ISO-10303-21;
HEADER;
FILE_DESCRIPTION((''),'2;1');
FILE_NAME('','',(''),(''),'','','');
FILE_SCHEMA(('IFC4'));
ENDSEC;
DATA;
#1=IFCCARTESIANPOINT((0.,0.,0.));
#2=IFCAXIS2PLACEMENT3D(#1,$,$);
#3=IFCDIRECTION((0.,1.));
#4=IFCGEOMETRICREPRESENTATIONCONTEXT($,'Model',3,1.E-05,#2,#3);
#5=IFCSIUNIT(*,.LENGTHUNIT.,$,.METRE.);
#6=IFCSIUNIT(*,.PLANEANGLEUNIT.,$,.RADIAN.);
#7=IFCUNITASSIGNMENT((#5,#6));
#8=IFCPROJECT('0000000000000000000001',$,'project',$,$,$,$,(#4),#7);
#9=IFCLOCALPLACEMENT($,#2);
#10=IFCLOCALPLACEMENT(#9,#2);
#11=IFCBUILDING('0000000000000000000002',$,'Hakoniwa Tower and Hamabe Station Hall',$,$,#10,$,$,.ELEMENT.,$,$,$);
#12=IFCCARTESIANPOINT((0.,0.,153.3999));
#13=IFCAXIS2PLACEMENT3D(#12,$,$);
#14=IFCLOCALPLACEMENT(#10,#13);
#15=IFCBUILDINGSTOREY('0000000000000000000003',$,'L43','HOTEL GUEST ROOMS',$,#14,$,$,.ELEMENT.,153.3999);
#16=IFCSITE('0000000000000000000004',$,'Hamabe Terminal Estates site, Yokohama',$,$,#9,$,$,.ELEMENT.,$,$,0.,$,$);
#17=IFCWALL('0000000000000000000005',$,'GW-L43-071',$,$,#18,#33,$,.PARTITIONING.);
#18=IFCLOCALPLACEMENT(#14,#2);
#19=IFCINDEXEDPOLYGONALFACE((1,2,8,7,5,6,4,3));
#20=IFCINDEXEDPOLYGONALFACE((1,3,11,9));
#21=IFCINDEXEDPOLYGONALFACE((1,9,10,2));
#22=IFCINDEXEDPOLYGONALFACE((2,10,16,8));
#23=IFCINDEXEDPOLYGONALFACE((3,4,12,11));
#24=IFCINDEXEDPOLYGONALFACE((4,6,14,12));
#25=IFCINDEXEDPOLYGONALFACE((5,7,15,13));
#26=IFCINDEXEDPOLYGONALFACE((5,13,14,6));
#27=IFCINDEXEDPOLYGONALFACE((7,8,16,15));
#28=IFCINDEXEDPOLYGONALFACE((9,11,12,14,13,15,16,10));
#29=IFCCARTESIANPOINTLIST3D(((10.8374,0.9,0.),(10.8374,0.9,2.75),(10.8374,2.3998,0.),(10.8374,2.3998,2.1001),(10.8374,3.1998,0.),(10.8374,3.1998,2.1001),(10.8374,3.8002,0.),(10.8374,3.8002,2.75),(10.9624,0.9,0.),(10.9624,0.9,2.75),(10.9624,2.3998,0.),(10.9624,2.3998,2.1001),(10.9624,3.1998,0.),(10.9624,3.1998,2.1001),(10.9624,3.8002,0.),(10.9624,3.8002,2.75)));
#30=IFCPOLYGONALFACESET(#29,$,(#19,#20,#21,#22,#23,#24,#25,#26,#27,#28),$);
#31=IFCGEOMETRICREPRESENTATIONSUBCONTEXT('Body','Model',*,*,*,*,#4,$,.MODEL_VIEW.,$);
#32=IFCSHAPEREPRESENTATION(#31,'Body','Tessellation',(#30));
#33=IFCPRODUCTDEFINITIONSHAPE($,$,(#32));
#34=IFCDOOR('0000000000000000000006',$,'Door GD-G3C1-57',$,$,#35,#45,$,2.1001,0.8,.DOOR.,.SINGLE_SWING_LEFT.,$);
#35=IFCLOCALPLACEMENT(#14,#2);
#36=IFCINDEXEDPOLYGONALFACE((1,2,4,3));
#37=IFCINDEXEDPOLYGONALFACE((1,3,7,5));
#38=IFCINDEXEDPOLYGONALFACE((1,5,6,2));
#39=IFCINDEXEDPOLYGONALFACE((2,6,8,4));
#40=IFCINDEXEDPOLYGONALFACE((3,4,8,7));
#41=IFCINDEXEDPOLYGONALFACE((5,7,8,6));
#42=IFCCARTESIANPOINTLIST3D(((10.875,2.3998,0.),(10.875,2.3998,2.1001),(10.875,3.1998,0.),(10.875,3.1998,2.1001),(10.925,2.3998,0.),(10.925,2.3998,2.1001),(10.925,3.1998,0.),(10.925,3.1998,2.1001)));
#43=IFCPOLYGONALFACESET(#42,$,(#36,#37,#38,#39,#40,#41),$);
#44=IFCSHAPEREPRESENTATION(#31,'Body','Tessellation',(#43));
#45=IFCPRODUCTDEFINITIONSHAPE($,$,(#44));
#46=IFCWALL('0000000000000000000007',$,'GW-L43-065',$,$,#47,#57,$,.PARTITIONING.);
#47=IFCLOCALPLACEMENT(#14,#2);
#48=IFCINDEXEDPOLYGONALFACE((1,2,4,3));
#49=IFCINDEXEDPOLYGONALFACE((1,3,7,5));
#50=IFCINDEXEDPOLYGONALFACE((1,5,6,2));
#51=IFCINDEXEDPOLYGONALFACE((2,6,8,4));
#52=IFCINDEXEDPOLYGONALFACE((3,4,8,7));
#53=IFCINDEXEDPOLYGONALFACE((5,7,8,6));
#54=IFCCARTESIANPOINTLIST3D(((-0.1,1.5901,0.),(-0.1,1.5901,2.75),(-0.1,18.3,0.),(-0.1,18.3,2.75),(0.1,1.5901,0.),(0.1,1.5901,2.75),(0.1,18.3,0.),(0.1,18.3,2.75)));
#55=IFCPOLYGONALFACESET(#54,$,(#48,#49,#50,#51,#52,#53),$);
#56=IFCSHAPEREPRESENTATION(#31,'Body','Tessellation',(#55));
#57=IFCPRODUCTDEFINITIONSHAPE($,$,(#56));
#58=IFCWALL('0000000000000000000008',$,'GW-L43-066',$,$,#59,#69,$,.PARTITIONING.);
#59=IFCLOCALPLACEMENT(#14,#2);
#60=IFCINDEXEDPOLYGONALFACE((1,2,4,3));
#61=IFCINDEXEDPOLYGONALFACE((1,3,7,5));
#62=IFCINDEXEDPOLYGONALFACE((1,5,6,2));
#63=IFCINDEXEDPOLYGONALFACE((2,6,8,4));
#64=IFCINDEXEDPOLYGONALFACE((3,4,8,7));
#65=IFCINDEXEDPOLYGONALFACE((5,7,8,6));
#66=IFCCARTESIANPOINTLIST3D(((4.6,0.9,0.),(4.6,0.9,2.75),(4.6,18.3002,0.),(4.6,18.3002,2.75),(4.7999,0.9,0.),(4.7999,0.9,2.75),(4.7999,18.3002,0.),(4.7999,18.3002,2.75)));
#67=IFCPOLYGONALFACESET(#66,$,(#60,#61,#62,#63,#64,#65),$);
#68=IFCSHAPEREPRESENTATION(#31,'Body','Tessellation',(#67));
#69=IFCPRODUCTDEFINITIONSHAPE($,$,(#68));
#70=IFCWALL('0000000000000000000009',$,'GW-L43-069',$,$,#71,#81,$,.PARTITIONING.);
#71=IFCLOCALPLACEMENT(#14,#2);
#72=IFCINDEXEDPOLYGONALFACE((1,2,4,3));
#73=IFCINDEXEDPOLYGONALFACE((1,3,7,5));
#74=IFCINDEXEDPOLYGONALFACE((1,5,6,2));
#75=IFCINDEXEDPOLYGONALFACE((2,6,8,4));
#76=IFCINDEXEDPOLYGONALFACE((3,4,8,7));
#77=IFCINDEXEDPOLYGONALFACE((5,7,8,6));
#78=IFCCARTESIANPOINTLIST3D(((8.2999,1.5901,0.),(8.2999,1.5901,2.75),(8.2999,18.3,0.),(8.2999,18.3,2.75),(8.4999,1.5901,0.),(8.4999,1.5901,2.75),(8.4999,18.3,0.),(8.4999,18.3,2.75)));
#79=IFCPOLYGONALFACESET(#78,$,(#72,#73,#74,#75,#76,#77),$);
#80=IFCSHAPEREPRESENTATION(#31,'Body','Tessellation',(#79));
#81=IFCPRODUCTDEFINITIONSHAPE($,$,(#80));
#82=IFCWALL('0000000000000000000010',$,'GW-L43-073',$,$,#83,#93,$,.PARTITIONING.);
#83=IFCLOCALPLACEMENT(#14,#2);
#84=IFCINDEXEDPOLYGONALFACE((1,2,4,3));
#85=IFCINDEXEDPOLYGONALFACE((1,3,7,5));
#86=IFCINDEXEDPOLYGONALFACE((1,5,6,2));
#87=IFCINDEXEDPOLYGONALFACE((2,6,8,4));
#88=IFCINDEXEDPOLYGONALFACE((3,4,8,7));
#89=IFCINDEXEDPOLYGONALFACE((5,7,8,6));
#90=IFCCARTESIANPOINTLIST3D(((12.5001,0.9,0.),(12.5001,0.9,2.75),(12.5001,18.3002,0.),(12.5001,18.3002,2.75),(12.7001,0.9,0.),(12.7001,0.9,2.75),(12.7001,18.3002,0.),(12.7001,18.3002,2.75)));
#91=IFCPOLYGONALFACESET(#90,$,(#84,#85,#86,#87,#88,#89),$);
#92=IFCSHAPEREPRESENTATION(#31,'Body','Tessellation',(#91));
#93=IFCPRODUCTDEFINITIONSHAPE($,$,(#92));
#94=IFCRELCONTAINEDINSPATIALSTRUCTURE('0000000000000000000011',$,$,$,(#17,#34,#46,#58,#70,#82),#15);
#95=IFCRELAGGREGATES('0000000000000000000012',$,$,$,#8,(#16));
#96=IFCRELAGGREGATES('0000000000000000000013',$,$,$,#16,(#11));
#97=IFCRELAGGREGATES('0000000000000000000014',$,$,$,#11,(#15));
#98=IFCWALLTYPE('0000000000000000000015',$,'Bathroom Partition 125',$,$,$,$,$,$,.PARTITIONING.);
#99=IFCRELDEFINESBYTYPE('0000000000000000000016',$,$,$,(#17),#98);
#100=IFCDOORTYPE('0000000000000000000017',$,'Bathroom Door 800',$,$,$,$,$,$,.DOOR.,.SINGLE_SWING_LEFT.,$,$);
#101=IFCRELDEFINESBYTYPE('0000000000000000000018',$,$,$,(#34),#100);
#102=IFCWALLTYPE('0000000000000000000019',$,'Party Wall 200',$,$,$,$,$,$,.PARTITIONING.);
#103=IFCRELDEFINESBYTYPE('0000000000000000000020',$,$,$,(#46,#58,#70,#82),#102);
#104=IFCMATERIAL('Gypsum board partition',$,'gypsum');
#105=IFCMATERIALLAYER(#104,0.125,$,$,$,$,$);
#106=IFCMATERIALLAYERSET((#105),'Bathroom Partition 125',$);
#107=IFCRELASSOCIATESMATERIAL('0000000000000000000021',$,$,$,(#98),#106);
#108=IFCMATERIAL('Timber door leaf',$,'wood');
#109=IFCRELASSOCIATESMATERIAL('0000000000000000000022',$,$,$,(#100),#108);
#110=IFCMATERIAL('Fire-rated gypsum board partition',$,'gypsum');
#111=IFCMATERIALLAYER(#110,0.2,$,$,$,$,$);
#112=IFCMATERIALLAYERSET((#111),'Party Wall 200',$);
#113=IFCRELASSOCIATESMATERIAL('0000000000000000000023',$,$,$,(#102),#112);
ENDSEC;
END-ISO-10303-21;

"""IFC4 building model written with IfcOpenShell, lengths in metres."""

from ifc_helpers import new_model, si_unit, direction, frame, frame_2d, origin, place, context, subcontext, project, spatial, rectangle, extrude, material, layer, layer_set, type_object, element, fill, save


model = new_model("IFC4")

# Units and contexts
model_context = context("Model", 3, precision=1e-05, world=origin(), true_north=direction((0.0, 1.0)))
body_context = subcontext(model_context, "Body", "Model", "MODEL_VIEW")
ifc_project = project(units=[si_unit("LENGTHUNIT", "METRE"), si_unit("PLANEANGLEUNIT", "RADIAN")], contexts=[model_context])

# Site, building, storey
site_placement = place(None, origin())
site = spatial("IfcSite", under=ifc_project, at=site_placement, Name="Hamabe Terminal Estates site, Yokohama", CompositionType="ELEMENT", RefElevation=0.0)
building_placement = place(site_placement, origin())
building = spatial("IfcBuilding", under=site, at=building_placement, Name="Hakoniwa Tower and Hamabe Station Hall", CompositionType="ELEMENT")
storey_placement = place(building_placement, frame((0.0, 0.0, 153.3999)))
storey = spatial("IfcBuildingStorey", under=building, at=storey_placement, Name="L43", Description="HOTEL GUEST ROOMS", CompositionType="ELEMENT", Elevation=153.3999)

# Shared definitions
ifc_material_1 = material(Name="Gypsum board partition", Category="gypsum")
ifc_layer_1 = layer(ifc_material_1, 0.125)
ifc_layer_set_1 = layer_set([ifc_layer_1], Name="Bathroom Partition 125")
wall_type_1 = type_object("IfcWallType", Name="Bathroom Partition 125", PredefinedType="PARTITIONING", material=ifc_layer_set_1)

# Wall, opening, door
wall_1_placement = place(storey_placement, frame((10.8999, 0.8999, 0.0), z_axis=(0.0, 0.0, 1.0), x_axis=(0.0, 1.0, 0.0)))
wall_1 = element("IfcWall", 1, at=wall_1_placement, inside=storey, type_object=wall_type_1, Name="GW-L43-071", PredefinedType="PARTITIONING", context=body_context, shape_type="SweptSolid", body=[
    extrude(rectangle(XDim=2.9001, YDim=0.125, at=frame_2d((1.4502, 0.0))), origin(), (0.0, 0.0, 1.0), 2.75),
])
opening_placement = place(wall_1_placement, frame((1.5, 0.0, 0.0)))
opening = element("IfcOpeningElement", 2, at=opening_placement, cuts=wall_1, PredefinedType="OPENING", context=body_context, shape_type="SweptSolid", body=[
    extrude(rectangle(XDim=0.8, YDim=2.1001, at=frame_2d((0.3999, 1.05))), frame((0.0, 0.0725, 0.0), z_axis=(0.0, -1.0, 0.0), x_axis=(1.0, 0.0, 0.0)), (0.0, 0.0, 1.0), 0.145),
])
ifc_material_2 = material(Name="Timber door leaf", Category="wood")
door_type = type_object("IfcDoorType", Name="Bathroom Door 800", OperationType="SINGLE_SWING_LEFT", PredefinedType="DOOR", material=ifc_material_2)
door_placement = place(opening_placement, origin())
door = element("IfcDoor", 3, at=door_placement, inside=storey, type_object=door_type, Name="Door GD-G3C1-57", OperationType="SINGLE_SWING_LEFT", OverallHeight=2.1001, OverallWidth=0.8, PredefinedType="DOOR", context=body_context, shape_type="SweptSolid", body=[
    extrude(rectangle(XDim=0.8, YDim=2.1001, at=frame_2d((0.3999, 1.05))), frame((0.0, 0.0249, 0.0), z_axis=(0.0, -1.0, 0.0), x_axis=(1.0, 0.0, 0.0)), (0.0, 0.0, 1.0), 0.05),
])
fill(opening, door)

# Walls
ifc_material_3 = material(Name="Fire-rated gypsum board partition", Category="gypsum")
ifc_layer_2 = layer(ifc_material_3, 0.2)
ifc_layer_set_2 = layer_set([ifc_layer_2], Name="Party Wall 200")
wall_type_2 = type_object("IfcWallType", Name="Party Wall 200", PredefinedType="PARTITIONING", material=ifc_layer_set_2)
wall_2_placement = place(storey_placement, frame((0.0, 1.5901, 0.0), z_axis=(0.0, 0.0, 1.0), x_axis=(0.0, 1.0, 0.0)))
element("IfcWall", 4, at=wall_2_placement, inside=storey, type_object=wall_type_2, Name="GW-L43-065", PredefinedType="PARTITIONING", context=body_context, shape_type="SweptSolid", body=[
    extrude(rectangle(XDim=16.71, YDim=0.2, at=frame_2d((8.355, 0.0))), origin(), (0.0, 0.0, 1.0), 2.75),
])
wall_3_placement = place(storey_placement, frame((4.7, 0.8999, 0.0), z_axis=(0.0, 0.0, 1.0), x_axis=(0.0, 1.0, 0.0)))
element("IfcWall", 5, at=wall_3_placement, inside=storey, type_object=wall_type_2, Name="GW-L43-066", PredefinedType="PARTITIONING", context=body_context, shape_type="SweptSolid", body=[
    extrude(rectangle(XDim=17.4001, YDim=0.2, at=frame_2d((8.7002, 0.0))), origin(), (0.0, 0.0, 1.0), 2.75),
])
wall_4_placement = place(storey_placement, frame((8.3999, 1.5901, 0.0), z_axis=(0.0, 0.0, 1.0), x_axis=(0.0, 1.0, 0.0)))
element("IfcWall", 6, at=wall_4_placement, inside=storey, type_object=wall_type_2, Name="GW-L43-069", PredefinedType="PARTITIONING", context=body_context, shape_type="SweptSolid", body=[
    extrude(rectangle(XDim=16.71, YDim=0.2, at=frame_2d((8.355, 0.0))), origin(), (0.0, 0.0, 1.0), 2.75),
])
wall_5_placement = place(storey_placement, frame((12.6001, 0.8999, 0.0), z_axis=(0.0, 0.0, 1.0), x_axis=(0.0, 1.0, 0.0)))
element("IfcWall", 7, at=wall_5_placement, inside=storey, type_object=wall_type_2, Name="GW-L43-073", PredefinedType="PARTITIONING", context=body_context, shape_type="SweptSolid", body=[
    extrude(rectangle(XDim=17.4001, YDim=0.2, at=frame_2d((8.7002, 0.0))), origin(), (0.0, 0.0, 1.0), 2.75),
])

save(model, "model.ifc")
